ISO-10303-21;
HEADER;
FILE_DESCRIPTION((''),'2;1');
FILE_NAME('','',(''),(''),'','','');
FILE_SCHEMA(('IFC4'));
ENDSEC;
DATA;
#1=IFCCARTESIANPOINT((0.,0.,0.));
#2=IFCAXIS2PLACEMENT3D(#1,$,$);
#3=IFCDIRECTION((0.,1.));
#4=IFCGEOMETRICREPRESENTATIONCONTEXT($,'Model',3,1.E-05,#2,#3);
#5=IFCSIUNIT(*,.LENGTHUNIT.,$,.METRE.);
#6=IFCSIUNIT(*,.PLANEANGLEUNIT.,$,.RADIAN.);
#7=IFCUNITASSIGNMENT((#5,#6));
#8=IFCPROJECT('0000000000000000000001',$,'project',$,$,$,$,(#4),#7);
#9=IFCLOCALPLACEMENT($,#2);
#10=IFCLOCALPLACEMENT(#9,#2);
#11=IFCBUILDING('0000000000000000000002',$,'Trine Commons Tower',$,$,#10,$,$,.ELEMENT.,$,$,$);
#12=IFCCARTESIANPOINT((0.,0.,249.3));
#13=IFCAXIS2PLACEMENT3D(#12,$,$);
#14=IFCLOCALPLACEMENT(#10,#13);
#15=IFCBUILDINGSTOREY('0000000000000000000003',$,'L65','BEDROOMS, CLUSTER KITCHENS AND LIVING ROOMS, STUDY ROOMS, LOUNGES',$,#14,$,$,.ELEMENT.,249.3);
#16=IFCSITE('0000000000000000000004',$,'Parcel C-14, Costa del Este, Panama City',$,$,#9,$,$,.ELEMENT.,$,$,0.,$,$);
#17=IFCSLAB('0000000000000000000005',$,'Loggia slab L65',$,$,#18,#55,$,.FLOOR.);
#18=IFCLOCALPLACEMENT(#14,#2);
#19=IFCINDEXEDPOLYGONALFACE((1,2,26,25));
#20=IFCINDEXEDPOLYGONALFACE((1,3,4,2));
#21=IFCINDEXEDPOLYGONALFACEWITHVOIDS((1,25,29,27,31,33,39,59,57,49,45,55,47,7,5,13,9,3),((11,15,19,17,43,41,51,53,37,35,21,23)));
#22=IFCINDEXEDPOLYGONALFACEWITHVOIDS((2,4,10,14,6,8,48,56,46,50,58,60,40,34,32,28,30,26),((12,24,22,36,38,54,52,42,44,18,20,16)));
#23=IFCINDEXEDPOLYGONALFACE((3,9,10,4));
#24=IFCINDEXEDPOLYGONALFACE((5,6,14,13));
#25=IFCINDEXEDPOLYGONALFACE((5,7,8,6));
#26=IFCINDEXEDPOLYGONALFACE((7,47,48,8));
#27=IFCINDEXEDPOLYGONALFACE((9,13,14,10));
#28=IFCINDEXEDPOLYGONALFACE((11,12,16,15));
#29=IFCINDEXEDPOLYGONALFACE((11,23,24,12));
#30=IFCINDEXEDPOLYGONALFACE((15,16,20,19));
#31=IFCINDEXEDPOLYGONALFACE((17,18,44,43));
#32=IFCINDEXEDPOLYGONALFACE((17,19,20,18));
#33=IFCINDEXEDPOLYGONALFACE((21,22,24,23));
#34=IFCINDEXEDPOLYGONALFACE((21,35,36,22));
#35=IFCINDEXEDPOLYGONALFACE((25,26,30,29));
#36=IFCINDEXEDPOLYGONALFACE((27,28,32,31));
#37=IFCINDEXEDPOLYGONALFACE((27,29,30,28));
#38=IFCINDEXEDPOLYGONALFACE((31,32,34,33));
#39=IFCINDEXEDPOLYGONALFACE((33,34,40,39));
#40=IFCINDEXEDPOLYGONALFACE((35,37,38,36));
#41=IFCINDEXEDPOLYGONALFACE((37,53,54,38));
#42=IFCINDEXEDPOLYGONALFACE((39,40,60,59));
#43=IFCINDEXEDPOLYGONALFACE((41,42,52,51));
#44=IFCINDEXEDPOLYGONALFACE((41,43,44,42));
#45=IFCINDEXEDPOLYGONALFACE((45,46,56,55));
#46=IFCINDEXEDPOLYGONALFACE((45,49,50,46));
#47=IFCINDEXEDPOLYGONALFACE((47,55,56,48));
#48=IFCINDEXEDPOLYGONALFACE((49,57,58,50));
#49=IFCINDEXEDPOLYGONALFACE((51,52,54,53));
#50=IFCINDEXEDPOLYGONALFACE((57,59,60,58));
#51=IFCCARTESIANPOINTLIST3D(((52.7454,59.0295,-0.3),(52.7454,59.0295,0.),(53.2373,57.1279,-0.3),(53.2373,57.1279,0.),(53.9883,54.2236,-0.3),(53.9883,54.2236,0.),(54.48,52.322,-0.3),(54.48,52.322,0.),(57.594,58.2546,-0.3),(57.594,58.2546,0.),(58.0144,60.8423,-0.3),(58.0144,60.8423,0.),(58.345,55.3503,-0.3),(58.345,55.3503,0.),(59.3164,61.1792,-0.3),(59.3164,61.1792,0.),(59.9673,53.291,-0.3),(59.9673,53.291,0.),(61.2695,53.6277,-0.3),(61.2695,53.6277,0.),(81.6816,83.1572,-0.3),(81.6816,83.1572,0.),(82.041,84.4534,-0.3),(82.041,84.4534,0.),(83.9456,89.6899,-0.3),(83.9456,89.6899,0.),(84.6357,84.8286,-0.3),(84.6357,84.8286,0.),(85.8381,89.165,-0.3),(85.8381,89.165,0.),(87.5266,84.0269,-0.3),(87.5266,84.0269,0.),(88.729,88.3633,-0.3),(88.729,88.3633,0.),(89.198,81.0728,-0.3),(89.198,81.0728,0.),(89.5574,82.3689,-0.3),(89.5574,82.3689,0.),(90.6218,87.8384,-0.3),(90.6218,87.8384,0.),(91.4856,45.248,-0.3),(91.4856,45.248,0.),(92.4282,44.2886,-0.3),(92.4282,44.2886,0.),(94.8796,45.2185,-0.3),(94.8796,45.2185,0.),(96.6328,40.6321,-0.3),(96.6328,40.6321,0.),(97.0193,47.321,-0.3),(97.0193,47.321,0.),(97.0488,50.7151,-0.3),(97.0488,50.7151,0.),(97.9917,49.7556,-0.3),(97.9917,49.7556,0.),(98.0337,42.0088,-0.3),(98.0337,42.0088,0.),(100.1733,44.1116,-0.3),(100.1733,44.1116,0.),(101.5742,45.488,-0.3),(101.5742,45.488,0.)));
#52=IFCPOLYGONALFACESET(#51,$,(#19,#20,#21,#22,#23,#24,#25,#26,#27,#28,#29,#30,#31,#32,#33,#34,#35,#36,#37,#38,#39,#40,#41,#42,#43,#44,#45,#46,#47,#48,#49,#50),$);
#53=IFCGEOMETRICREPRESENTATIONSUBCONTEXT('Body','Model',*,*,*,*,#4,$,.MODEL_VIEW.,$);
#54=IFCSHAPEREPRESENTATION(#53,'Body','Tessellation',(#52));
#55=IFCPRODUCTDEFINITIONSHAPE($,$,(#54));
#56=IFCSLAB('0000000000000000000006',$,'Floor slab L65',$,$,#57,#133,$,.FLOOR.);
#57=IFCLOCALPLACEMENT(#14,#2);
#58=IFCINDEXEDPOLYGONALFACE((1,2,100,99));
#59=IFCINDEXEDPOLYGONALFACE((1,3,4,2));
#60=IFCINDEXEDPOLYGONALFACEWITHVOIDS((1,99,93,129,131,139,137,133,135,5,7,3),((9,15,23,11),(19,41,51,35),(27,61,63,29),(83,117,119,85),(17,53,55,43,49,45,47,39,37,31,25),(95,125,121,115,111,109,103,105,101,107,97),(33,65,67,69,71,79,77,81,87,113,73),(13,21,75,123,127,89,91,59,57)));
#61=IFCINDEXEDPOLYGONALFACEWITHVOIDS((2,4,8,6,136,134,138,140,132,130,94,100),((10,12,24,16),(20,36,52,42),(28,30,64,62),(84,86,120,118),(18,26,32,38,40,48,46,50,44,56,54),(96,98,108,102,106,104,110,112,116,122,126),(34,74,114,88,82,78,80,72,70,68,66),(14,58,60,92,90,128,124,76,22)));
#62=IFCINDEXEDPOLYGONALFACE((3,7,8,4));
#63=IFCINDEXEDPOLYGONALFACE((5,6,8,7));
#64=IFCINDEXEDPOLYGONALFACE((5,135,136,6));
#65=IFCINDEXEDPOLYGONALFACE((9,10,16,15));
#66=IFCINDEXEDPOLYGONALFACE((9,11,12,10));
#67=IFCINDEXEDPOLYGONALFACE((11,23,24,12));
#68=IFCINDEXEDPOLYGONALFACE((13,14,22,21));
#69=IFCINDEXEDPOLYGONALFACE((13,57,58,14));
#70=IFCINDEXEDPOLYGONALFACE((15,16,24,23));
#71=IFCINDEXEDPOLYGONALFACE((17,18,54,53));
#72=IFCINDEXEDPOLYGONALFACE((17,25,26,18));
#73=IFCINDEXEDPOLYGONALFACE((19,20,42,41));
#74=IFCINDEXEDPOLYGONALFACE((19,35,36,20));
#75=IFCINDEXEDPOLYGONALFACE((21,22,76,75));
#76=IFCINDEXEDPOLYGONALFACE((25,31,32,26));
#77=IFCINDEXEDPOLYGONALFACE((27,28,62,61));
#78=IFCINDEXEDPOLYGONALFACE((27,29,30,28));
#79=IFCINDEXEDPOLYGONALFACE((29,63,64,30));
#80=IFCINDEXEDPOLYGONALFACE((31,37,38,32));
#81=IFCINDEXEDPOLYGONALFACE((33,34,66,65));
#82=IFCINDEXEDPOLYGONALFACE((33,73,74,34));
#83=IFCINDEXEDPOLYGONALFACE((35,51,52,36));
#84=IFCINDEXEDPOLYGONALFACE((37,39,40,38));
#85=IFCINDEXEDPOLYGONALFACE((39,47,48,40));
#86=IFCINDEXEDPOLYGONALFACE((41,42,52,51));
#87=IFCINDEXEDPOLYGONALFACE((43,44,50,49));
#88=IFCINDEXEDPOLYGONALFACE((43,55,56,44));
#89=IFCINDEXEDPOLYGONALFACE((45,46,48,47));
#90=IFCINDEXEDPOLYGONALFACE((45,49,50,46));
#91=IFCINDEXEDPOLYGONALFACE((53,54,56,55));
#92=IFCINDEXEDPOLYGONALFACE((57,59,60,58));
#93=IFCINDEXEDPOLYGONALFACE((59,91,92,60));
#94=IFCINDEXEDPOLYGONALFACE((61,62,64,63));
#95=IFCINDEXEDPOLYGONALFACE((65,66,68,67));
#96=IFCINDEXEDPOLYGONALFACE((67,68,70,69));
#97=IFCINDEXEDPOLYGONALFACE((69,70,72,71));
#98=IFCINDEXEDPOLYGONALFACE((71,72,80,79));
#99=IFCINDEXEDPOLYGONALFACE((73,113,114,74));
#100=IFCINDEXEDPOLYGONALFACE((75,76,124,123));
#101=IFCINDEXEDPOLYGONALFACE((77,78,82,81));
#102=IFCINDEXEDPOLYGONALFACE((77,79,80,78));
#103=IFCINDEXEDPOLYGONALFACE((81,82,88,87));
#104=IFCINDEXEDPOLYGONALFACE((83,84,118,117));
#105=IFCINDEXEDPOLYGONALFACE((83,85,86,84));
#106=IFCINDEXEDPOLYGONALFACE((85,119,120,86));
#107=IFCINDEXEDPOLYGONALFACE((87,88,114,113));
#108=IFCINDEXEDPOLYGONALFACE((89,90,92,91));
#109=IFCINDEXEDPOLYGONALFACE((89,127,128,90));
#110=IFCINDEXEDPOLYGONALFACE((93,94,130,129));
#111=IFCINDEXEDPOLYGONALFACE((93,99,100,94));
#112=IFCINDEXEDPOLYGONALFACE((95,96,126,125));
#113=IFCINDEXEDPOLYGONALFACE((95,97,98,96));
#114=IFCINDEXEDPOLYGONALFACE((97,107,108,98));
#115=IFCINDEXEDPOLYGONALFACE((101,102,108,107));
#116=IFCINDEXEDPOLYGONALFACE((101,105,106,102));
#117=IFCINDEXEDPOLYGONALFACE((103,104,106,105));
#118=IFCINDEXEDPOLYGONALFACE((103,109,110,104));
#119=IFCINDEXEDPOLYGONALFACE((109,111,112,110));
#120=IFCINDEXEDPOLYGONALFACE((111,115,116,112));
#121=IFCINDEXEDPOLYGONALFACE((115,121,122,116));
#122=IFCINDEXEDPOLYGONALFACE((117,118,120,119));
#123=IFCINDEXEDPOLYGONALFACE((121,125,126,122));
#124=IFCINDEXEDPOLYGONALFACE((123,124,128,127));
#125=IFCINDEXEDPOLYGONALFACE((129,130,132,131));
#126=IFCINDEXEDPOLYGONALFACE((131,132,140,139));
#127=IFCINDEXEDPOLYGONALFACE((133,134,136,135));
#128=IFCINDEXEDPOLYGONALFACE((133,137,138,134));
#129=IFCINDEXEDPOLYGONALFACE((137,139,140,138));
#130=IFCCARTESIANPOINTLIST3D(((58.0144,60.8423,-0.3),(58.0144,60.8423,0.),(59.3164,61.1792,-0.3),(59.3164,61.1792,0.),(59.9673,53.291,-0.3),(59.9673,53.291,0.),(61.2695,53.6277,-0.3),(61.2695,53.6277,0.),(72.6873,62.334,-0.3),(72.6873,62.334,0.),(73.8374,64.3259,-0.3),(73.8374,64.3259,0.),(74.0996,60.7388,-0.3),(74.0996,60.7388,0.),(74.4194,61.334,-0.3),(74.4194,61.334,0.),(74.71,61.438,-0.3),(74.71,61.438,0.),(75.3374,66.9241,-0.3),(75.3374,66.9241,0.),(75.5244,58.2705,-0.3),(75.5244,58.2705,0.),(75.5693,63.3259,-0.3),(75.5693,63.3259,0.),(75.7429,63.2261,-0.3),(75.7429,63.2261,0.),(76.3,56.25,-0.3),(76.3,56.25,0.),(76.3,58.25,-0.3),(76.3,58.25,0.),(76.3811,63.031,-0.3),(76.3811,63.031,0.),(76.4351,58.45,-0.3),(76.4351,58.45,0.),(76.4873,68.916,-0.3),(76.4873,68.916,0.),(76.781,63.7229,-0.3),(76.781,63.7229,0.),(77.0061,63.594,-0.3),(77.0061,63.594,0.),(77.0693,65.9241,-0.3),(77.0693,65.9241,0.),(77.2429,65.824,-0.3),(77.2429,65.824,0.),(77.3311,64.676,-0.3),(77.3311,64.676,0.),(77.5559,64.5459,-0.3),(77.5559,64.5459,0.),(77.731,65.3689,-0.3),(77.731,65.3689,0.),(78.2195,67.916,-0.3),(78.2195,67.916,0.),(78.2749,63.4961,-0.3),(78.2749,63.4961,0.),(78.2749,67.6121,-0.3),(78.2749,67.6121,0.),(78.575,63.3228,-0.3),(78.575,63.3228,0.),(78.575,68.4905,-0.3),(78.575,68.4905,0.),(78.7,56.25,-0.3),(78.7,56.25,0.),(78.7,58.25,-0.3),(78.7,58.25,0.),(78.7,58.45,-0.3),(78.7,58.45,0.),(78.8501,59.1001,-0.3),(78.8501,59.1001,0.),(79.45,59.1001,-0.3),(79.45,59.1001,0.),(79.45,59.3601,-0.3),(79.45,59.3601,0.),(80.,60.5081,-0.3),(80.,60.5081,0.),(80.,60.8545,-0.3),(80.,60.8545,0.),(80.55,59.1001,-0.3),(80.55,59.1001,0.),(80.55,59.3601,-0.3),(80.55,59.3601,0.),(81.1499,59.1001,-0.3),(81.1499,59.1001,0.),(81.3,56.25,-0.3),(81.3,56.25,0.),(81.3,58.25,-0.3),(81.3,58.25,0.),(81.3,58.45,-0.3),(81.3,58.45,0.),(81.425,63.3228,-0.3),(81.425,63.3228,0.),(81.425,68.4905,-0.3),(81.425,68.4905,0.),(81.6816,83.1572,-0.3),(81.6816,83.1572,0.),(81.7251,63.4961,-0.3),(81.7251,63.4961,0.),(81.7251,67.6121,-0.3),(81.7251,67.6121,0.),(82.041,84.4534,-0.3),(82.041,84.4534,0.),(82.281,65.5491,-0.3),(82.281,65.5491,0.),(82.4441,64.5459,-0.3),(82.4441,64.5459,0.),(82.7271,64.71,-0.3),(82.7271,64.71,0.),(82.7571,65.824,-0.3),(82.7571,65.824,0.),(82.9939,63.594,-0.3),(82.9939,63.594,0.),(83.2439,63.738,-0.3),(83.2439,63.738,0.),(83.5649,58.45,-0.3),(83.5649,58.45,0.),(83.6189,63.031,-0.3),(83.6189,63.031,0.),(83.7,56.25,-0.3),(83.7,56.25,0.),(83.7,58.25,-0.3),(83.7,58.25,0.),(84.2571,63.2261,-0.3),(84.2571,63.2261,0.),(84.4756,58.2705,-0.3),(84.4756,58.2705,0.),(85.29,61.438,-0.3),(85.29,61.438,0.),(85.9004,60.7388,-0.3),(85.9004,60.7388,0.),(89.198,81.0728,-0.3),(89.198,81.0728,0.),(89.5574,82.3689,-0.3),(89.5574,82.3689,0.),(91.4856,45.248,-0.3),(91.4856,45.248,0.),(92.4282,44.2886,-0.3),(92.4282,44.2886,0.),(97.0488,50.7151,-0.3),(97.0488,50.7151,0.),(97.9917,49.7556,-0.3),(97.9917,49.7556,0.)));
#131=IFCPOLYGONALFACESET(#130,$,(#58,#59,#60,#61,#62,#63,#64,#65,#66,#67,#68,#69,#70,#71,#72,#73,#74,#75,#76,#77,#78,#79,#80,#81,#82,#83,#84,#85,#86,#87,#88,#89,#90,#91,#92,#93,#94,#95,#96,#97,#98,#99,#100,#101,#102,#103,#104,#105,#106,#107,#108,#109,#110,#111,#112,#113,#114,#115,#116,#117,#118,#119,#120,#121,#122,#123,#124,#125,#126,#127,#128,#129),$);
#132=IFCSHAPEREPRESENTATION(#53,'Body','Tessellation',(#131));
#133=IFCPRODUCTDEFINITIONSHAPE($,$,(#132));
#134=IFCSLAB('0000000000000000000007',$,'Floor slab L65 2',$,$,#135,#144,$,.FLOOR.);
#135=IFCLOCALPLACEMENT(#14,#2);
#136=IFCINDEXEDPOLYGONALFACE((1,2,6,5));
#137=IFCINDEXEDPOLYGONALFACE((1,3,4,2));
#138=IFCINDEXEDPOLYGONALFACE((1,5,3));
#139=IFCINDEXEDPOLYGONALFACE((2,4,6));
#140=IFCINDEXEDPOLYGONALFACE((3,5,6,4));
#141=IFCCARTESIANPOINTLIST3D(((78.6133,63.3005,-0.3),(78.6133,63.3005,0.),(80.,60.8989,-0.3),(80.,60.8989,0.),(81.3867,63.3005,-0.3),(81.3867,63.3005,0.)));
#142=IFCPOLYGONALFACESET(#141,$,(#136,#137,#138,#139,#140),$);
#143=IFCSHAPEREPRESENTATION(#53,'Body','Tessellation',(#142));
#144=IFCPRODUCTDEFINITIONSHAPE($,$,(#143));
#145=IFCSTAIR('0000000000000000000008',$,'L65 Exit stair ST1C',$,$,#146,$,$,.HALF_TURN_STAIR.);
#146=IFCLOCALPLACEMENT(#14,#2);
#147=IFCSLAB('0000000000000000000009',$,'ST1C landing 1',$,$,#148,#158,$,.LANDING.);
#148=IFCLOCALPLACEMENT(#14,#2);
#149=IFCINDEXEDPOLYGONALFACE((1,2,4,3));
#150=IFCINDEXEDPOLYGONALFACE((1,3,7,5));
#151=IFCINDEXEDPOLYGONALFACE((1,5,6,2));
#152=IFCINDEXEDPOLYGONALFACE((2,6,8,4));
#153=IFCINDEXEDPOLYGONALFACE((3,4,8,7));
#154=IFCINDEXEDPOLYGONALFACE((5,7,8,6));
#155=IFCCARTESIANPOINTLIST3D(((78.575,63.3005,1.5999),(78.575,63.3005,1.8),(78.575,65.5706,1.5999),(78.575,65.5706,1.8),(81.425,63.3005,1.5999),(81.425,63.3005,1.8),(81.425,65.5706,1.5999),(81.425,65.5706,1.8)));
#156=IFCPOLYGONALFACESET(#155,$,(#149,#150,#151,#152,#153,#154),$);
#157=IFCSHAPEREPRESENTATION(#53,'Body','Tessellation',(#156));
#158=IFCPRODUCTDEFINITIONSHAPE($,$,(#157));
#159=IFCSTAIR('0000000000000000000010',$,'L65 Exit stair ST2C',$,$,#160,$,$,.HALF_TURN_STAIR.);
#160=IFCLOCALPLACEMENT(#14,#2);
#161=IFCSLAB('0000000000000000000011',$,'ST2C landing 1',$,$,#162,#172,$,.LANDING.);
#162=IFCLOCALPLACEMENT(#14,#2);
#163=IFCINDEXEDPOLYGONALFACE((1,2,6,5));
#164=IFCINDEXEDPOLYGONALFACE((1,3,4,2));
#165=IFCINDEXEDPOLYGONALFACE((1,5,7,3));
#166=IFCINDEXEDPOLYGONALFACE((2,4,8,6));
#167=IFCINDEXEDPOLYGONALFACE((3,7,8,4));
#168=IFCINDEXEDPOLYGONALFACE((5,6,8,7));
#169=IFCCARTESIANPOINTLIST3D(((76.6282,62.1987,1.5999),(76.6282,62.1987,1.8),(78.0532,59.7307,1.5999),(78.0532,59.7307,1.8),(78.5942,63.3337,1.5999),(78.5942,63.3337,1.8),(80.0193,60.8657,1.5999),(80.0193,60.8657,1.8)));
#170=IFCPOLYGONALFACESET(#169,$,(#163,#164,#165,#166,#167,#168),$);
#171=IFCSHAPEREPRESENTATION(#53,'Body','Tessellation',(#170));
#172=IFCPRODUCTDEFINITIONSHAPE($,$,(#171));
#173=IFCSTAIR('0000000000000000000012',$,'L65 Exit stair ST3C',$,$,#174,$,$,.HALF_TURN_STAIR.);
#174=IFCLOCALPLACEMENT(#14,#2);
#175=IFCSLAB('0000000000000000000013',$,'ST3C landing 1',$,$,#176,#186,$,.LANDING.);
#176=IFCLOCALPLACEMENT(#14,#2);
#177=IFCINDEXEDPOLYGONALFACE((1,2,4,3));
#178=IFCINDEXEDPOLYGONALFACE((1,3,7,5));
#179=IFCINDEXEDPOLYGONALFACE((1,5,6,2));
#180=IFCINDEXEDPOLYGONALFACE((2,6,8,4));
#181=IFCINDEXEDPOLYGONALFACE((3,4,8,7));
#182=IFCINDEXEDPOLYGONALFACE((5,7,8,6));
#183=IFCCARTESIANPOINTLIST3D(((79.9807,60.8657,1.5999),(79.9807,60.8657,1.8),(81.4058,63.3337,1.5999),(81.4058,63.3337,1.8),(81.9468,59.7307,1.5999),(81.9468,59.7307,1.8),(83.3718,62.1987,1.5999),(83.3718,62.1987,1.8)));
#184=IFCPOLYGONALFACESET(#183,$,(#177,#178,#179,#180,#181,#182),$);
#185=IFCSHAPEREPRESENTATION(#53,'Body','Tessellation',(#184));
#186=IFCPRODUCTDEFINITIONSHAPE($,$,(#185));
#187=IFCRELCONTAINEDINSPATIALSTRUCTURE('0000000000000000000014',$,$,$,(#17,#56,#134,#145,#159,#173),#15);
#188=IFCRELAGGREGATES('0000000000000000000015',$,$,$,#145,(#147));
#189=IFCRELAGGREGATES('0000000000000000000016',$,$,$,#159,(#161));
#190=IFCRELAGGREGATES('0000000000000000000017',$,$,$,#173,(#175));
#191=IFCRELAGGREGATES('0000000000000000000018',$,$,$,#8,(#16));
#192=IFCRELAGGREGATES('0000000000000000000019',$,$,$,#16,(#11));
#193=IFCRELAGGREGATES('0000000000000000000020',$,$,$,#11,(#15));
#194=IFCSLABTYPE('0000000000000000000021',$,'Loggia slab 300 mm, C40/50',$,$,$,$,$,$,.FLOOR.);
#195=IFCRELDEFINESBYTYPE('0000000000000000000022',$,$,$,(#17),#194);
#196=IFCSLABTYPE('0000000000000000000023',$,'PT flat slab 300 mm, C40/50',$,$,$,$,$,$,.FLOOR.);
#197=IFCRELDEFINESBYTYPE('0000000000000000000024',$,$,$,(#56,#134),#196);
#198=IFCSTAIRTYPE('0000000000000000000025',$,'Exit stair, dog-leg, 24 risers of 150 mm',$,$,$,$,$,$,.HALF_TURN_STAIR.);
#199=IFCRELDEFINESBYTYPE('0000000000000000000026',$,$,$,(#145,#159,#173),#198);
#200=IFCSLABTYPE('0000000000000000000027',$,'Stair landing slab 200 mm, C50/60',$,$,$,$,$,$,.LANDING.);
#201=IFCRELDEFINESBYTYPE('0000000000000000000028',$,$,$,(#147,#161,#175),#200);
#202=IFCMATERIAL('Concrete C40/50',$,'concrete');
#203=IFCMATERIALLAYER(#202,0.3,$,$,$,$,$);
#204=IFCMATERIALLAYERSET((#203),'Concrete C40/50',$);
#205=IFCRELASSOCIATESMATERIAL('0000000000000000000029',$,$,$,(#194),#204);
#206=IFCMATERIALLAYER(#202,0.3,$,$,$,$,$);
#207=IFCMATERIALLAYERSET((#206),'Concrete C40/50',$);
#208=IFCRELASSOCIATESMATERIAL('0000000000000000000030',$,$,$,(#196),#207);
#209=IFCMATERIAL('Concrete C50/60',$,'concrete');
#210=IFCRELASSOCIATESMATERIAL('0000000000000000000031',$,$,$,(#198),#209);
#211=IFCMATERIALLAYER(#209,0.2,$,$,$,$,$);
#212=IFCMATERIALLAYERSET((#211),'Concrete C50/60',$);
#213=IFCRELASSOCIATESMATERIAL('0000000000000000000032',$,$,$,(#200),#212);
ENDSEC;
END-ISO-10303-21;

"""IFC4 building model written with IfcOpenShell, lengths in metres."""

from ifc_helpers import new_model, si_unit, direction, frame, origin, place, context, subcontext, project, spatial, polyline, outline, extrude, material, layer, layer_set, type_object, element, aggregate, save


model = new_model("IFC4")

# Units and contexts
model_context = context("Model", 3, precision=1e-05, world=origin(), true_north=direction((0.0, 1.0)))
body_context = subcontext(model_context, "Body", "Model", "MODEL_VIEW")
ifc_project = project(units=[si_unit("LENGTHUNIT", "METRE"), si_unit("PLANEANGLEUNIT", "RADIAN")], contexts=[model_context])

# Site, building, storey
site_placement = place(None, origin())
site = spatial("IfcSite", under=ifc_project, at=site_placement, Name="Parcel C-14, Costa del Este, Panama City", CompositionType="ELEMENT", RefElevation=0.0)
building_placement = place(site_placement, origin())
building = spatial("IfcBuilding", under=site, at=building_placement, Name="Trine Commons Tower", CompositionType="ELEMENT")
storey_placement = place(building_placement, frame((0.0, 0.0, 249.3)))
storey = spatial("IfcBuildingStorey", under=building, at=storey_placement, Name="L65", Description="BEDROOMS, CLUSTER KITCHENS AND LIVING ROOMS, STUDY ROOMS, LOUNGES", CompositionType="ELEMENT", Elevation=249.3)

# Slabs
ifc_material_1 = material(Name="Concrete C40/50", Category="concrete")
ifc_layer_1 = layer(ifc_material_1, 0.3)
ifc_layer_set_1 = layer_set([ifc_layer_1], Name="Concrete C40/50")
slab_type_1 = type_object("IfcSlabType", Name="Loggia slab 300 mm, C40/50", PredefinedType="FLOOR", material=ifc_layer_set_1)
slab_1_placement = place(storey_placement, frame((0.0, 0.0, -0.3)))
element("IfcSlab", 1, at=slab_1_placement, inside=storey, type_object=slab_type_1, Name="Loggia slab L65", PredefinedType="FLOOR", context=body_context, shape_type="SweptSolid", body=[
    extrude(outline(polyline([(101.5742, 45.488), (90.6218, 87.8384), (88.729, 88.3633), (87.5266, 84.0269), (84.6357, 84.8286), (85.8381, 89.165), (83.9456, 89.6899), (52.7454, 59.0295), (53.2373, 57.1279), (57.594, 58.2546), (58.345, 55.3503), (53.9883, 54.2236), (54.48, 52.322), (96.6328, 40.6321), (98.0337, 42.0088), (94.8796, 45.2185), (97.0193, 47.321), (100.1733, 44.1116), (101.5742, 45.488)]), holes=[polyline([(59.3164, 61.1792), (61.2695, 53.6277), (59.9673, 53.291), (92.4282, 44.2886), (91.4856, 45.248), (97.0488, 50.7151), (97.9917, 49.7556), (89.5574, 82.3689), (89.198, 81.0728), (81.6816, 83.1572), (82.041, 84.4534), (58.0144, 60.8423), (59.3164, 61.1792)])]), origin(), (0.0, 0.0, 1.0), 0.3),
])
ifc_layer_2 = layer(ifc_material_1, 0.3)
ifc_layer_set_2 = layer_set([ifc_layer_2], Name="Concrete C40/50")
slab_type_2 = type_object("IfcSlabType", Name="PT flat slab 300 mm, C40/50", PredefinedType="FLOOR", material=ifc_layer_set_2)
slab_2_placement = place(storey_placement, frame((0.0, 0.0, -0.3)))
element("IfcSlab", 2, at=slab_2_placement, inside=storey, type_object=slab_type_2, Name="Floor slab L65", PredefinedType="FLOOR", context=body_context, shape_type="SweptSolid", body=[
    extrude(outline(polyline([(58.0144, 60.8423), (59.3164, 61.1792), (61.2695, 53.6277), (59.9673, 53.291), (92.4282, 44.2886), (91.4856, 45.248), (97.0488, 50.7151), (97.9917, 49.7556), (89.5574, 82.3689), (89.198, 81.0728), (81.6816, 83.1572), (82.041, 84.4534), (58.0144, 60.8423)]), holes=[polyline([(78.7, 56.25), (78.7, 58.25), (76.3, 58.25), (76.3, 56.25), (78.7, 56.25)]), polyline([(83.7, 56.25), (83.7, 58.25), (81.3, 58.25), (81.3, 56.25), (83.7, 56.25)]), polyline([(81.3, 58.45), (83.5649, 58.45), (80.0, 60.5081), (76.4351, 58.45), (78.7, 58.45), (78.8501, 59.1001), (79.45, 59.1001), (79.45, 59.3601), (80.55, 59.3601), (80.55, 59.1001), (81.1499, 59.1001), (81.3, 58.45)]), polyline([(81.425, 63.3228), (81.425, 68.4905), (78.575, 68.4905), (78.575, 63.3228), (74.0996, 60.7388), (75.5244, 58.2705), (80.0, 60.8545), (84.4756, 58.2705), (85.9004, 60.7388), (81.425, 63.3228)]), polyline([(72.6873, 62.334), (74.4194, 61.334), (75.5693, 63.3259), (73.8374, 64.3259), (72.6873, 62.334)]), polyline([(76.3811, 63.031), (75.7429, 63.2261), (74.71, 61.438), (78.2749, 63.4961), (78.2749, 67.6121), (77.2429, 65.824), (77.731, 65.3689), (77.3311, 64.676), (77.5559, 64.5459), (77.0061, 63.594), (76.781, 63.7229), (76.3811, 63.031)]), polyline([(82.9939, 63.594), (82.4441, 64.5459), (82.7271, 64.71), (82.281, 65.5491), (82.7571, 65.824), (81.7251, 67.6121), (81.7251, 63.4961), (85.29, 61.438), (84.2571, 63.2261), (83.6189, 63.031), (83.2439, 63.738), (82.9939, 63.594)]), polyline([(76.4873, 68.916), (75.3374, 66.9241), (77.0693, 65.9241), (78.2195, 67.916), (76.4873, 68.916)])]), origin(), (0.0, 0.0, 1.0), 0.3),
])
slab_3_placement = place(storey_placement, frame((0.0, 0.0, -0.3)))
element("IfcSlab", 3, at=slab_3_placement, inside=storey, type_object=slab_type_2, Name="Floor slab L65 2", PredefinedType="FLOOR", context=body_context, shape_type="SweptSolid", body=[
    extrude(outline(polyline([(81.3867, 63.3005), (78.6133, 63.3005), (80.0, 60.8989), (81.3867, 63.3005)])), origin(), (0.0, 0.0, 1.0), 0.3),
])

# Stairs, slabs
ifc_material_2 = material(Name="Concrete C50/60", Category="concrete")
stair_type = type_object("IfcStairType", Name="Exit stair, dog-leg, 24 risers of 150 mm", PredefinedType="HALF_TURN_STAIR", material=ifc_material_2)
stair_1_placement = place(storey_placement, origin())
stair_1 = element("IfcStair", 4, at=stair_1_placement, inside=storey, type_object=stair_type, Name="L65 Exit stair ST1C", PredefinedType="HALF_TURN_STAIR")
ifc_layer_3 = layer(ifc_material_2, 0.2)
ifc_layer_set_3 = layer_set([ifc_layer_3], Name="Concrete C50/60")
slab_type_3 = type_object("IfcSlabType", Name="Stair landing slab 200 mm, C50/60", PredefinedType="LANDING", material=ifc_layer_set_3)
slab_4_placement = place(storey_placement, frame((0.0, 0.0, 1.5999)))
slab_4 = element("IfcSlab", 5, at=slab_4_placement, type_object=slab_type_3, Name="ST1C landing 1", PredefinedType="LANDING", context=body_context, shape_type="SweptSolid", body=[
    extrude(outline(polyline([(78.575, 65.5706), (78.575, 63.3005), (81.425, 63.3005), (81.425, 65.5706), (78.575, 65.5706)])), origin(), (0.0, 0.0, 1.0), 0.2002),
])
aggregate(stair_1, [slab_4])
stair_2_placement = place(storey_placement, origin())
stair_2 = element("IfcStair", 6, at=stair_2_placement, inside=storey, type_object=stair_type, Name="L65 Exit stair ST2C", PredefinedType="HALF_TURN_STAIR")
slab_5_placement = place(storey_placement, frame((0.0, 0.0, 1.5999)))
slab_5 = element("IfcSlab", 7, at=slab_5_placement, type_object=slab_type_3, Name="ST2C landing 1", PredefinedType="LANDING", context=body_context, shape_type="SweptSolid", body=[
    extrude(outline(polyline([(78.0532, 59.7307), (80.0193, 60.8657), (78.5942, 63.3337), (76.6282, 62.1987), (78.0532, 59.7307)])), origin(), (0.0, 0.0, 1.0), 0.2002),
])
aggregate(stair_2, [slab_5])
stair_3_placement = place(storey_placement, origin())
stair_3 = element("IfcStair", 8, at=stair_3_placement, inside=storey, type_object=stair_type, Name="L65 Exit stair ST3C", PredefinedType="HALF_TURN_STAIR")
slab_6_placement = place(storey_placement, frame((0.0, 0.0, 1.5999)))
slab_6 = element("IfcSlab", 9, at=slab_6_placement, type_object=slab_type_3, Name="ST3C landing 1", PredefinedType="LANDING", context=body_context, shape_type="SweptSolid", body=[
    extrude(outline(polyline([(83.3718, 62.1987), (81.4058, 63.3337), (79.9807, 60.8657), (81.9468, 59.7307), (83.3718, 62.1987)])), origin(), (0.0, 0.0, 1.0), 0.2002),
])
aggregate(stair_3, [slab_6])

save(model, "model.ifc")
